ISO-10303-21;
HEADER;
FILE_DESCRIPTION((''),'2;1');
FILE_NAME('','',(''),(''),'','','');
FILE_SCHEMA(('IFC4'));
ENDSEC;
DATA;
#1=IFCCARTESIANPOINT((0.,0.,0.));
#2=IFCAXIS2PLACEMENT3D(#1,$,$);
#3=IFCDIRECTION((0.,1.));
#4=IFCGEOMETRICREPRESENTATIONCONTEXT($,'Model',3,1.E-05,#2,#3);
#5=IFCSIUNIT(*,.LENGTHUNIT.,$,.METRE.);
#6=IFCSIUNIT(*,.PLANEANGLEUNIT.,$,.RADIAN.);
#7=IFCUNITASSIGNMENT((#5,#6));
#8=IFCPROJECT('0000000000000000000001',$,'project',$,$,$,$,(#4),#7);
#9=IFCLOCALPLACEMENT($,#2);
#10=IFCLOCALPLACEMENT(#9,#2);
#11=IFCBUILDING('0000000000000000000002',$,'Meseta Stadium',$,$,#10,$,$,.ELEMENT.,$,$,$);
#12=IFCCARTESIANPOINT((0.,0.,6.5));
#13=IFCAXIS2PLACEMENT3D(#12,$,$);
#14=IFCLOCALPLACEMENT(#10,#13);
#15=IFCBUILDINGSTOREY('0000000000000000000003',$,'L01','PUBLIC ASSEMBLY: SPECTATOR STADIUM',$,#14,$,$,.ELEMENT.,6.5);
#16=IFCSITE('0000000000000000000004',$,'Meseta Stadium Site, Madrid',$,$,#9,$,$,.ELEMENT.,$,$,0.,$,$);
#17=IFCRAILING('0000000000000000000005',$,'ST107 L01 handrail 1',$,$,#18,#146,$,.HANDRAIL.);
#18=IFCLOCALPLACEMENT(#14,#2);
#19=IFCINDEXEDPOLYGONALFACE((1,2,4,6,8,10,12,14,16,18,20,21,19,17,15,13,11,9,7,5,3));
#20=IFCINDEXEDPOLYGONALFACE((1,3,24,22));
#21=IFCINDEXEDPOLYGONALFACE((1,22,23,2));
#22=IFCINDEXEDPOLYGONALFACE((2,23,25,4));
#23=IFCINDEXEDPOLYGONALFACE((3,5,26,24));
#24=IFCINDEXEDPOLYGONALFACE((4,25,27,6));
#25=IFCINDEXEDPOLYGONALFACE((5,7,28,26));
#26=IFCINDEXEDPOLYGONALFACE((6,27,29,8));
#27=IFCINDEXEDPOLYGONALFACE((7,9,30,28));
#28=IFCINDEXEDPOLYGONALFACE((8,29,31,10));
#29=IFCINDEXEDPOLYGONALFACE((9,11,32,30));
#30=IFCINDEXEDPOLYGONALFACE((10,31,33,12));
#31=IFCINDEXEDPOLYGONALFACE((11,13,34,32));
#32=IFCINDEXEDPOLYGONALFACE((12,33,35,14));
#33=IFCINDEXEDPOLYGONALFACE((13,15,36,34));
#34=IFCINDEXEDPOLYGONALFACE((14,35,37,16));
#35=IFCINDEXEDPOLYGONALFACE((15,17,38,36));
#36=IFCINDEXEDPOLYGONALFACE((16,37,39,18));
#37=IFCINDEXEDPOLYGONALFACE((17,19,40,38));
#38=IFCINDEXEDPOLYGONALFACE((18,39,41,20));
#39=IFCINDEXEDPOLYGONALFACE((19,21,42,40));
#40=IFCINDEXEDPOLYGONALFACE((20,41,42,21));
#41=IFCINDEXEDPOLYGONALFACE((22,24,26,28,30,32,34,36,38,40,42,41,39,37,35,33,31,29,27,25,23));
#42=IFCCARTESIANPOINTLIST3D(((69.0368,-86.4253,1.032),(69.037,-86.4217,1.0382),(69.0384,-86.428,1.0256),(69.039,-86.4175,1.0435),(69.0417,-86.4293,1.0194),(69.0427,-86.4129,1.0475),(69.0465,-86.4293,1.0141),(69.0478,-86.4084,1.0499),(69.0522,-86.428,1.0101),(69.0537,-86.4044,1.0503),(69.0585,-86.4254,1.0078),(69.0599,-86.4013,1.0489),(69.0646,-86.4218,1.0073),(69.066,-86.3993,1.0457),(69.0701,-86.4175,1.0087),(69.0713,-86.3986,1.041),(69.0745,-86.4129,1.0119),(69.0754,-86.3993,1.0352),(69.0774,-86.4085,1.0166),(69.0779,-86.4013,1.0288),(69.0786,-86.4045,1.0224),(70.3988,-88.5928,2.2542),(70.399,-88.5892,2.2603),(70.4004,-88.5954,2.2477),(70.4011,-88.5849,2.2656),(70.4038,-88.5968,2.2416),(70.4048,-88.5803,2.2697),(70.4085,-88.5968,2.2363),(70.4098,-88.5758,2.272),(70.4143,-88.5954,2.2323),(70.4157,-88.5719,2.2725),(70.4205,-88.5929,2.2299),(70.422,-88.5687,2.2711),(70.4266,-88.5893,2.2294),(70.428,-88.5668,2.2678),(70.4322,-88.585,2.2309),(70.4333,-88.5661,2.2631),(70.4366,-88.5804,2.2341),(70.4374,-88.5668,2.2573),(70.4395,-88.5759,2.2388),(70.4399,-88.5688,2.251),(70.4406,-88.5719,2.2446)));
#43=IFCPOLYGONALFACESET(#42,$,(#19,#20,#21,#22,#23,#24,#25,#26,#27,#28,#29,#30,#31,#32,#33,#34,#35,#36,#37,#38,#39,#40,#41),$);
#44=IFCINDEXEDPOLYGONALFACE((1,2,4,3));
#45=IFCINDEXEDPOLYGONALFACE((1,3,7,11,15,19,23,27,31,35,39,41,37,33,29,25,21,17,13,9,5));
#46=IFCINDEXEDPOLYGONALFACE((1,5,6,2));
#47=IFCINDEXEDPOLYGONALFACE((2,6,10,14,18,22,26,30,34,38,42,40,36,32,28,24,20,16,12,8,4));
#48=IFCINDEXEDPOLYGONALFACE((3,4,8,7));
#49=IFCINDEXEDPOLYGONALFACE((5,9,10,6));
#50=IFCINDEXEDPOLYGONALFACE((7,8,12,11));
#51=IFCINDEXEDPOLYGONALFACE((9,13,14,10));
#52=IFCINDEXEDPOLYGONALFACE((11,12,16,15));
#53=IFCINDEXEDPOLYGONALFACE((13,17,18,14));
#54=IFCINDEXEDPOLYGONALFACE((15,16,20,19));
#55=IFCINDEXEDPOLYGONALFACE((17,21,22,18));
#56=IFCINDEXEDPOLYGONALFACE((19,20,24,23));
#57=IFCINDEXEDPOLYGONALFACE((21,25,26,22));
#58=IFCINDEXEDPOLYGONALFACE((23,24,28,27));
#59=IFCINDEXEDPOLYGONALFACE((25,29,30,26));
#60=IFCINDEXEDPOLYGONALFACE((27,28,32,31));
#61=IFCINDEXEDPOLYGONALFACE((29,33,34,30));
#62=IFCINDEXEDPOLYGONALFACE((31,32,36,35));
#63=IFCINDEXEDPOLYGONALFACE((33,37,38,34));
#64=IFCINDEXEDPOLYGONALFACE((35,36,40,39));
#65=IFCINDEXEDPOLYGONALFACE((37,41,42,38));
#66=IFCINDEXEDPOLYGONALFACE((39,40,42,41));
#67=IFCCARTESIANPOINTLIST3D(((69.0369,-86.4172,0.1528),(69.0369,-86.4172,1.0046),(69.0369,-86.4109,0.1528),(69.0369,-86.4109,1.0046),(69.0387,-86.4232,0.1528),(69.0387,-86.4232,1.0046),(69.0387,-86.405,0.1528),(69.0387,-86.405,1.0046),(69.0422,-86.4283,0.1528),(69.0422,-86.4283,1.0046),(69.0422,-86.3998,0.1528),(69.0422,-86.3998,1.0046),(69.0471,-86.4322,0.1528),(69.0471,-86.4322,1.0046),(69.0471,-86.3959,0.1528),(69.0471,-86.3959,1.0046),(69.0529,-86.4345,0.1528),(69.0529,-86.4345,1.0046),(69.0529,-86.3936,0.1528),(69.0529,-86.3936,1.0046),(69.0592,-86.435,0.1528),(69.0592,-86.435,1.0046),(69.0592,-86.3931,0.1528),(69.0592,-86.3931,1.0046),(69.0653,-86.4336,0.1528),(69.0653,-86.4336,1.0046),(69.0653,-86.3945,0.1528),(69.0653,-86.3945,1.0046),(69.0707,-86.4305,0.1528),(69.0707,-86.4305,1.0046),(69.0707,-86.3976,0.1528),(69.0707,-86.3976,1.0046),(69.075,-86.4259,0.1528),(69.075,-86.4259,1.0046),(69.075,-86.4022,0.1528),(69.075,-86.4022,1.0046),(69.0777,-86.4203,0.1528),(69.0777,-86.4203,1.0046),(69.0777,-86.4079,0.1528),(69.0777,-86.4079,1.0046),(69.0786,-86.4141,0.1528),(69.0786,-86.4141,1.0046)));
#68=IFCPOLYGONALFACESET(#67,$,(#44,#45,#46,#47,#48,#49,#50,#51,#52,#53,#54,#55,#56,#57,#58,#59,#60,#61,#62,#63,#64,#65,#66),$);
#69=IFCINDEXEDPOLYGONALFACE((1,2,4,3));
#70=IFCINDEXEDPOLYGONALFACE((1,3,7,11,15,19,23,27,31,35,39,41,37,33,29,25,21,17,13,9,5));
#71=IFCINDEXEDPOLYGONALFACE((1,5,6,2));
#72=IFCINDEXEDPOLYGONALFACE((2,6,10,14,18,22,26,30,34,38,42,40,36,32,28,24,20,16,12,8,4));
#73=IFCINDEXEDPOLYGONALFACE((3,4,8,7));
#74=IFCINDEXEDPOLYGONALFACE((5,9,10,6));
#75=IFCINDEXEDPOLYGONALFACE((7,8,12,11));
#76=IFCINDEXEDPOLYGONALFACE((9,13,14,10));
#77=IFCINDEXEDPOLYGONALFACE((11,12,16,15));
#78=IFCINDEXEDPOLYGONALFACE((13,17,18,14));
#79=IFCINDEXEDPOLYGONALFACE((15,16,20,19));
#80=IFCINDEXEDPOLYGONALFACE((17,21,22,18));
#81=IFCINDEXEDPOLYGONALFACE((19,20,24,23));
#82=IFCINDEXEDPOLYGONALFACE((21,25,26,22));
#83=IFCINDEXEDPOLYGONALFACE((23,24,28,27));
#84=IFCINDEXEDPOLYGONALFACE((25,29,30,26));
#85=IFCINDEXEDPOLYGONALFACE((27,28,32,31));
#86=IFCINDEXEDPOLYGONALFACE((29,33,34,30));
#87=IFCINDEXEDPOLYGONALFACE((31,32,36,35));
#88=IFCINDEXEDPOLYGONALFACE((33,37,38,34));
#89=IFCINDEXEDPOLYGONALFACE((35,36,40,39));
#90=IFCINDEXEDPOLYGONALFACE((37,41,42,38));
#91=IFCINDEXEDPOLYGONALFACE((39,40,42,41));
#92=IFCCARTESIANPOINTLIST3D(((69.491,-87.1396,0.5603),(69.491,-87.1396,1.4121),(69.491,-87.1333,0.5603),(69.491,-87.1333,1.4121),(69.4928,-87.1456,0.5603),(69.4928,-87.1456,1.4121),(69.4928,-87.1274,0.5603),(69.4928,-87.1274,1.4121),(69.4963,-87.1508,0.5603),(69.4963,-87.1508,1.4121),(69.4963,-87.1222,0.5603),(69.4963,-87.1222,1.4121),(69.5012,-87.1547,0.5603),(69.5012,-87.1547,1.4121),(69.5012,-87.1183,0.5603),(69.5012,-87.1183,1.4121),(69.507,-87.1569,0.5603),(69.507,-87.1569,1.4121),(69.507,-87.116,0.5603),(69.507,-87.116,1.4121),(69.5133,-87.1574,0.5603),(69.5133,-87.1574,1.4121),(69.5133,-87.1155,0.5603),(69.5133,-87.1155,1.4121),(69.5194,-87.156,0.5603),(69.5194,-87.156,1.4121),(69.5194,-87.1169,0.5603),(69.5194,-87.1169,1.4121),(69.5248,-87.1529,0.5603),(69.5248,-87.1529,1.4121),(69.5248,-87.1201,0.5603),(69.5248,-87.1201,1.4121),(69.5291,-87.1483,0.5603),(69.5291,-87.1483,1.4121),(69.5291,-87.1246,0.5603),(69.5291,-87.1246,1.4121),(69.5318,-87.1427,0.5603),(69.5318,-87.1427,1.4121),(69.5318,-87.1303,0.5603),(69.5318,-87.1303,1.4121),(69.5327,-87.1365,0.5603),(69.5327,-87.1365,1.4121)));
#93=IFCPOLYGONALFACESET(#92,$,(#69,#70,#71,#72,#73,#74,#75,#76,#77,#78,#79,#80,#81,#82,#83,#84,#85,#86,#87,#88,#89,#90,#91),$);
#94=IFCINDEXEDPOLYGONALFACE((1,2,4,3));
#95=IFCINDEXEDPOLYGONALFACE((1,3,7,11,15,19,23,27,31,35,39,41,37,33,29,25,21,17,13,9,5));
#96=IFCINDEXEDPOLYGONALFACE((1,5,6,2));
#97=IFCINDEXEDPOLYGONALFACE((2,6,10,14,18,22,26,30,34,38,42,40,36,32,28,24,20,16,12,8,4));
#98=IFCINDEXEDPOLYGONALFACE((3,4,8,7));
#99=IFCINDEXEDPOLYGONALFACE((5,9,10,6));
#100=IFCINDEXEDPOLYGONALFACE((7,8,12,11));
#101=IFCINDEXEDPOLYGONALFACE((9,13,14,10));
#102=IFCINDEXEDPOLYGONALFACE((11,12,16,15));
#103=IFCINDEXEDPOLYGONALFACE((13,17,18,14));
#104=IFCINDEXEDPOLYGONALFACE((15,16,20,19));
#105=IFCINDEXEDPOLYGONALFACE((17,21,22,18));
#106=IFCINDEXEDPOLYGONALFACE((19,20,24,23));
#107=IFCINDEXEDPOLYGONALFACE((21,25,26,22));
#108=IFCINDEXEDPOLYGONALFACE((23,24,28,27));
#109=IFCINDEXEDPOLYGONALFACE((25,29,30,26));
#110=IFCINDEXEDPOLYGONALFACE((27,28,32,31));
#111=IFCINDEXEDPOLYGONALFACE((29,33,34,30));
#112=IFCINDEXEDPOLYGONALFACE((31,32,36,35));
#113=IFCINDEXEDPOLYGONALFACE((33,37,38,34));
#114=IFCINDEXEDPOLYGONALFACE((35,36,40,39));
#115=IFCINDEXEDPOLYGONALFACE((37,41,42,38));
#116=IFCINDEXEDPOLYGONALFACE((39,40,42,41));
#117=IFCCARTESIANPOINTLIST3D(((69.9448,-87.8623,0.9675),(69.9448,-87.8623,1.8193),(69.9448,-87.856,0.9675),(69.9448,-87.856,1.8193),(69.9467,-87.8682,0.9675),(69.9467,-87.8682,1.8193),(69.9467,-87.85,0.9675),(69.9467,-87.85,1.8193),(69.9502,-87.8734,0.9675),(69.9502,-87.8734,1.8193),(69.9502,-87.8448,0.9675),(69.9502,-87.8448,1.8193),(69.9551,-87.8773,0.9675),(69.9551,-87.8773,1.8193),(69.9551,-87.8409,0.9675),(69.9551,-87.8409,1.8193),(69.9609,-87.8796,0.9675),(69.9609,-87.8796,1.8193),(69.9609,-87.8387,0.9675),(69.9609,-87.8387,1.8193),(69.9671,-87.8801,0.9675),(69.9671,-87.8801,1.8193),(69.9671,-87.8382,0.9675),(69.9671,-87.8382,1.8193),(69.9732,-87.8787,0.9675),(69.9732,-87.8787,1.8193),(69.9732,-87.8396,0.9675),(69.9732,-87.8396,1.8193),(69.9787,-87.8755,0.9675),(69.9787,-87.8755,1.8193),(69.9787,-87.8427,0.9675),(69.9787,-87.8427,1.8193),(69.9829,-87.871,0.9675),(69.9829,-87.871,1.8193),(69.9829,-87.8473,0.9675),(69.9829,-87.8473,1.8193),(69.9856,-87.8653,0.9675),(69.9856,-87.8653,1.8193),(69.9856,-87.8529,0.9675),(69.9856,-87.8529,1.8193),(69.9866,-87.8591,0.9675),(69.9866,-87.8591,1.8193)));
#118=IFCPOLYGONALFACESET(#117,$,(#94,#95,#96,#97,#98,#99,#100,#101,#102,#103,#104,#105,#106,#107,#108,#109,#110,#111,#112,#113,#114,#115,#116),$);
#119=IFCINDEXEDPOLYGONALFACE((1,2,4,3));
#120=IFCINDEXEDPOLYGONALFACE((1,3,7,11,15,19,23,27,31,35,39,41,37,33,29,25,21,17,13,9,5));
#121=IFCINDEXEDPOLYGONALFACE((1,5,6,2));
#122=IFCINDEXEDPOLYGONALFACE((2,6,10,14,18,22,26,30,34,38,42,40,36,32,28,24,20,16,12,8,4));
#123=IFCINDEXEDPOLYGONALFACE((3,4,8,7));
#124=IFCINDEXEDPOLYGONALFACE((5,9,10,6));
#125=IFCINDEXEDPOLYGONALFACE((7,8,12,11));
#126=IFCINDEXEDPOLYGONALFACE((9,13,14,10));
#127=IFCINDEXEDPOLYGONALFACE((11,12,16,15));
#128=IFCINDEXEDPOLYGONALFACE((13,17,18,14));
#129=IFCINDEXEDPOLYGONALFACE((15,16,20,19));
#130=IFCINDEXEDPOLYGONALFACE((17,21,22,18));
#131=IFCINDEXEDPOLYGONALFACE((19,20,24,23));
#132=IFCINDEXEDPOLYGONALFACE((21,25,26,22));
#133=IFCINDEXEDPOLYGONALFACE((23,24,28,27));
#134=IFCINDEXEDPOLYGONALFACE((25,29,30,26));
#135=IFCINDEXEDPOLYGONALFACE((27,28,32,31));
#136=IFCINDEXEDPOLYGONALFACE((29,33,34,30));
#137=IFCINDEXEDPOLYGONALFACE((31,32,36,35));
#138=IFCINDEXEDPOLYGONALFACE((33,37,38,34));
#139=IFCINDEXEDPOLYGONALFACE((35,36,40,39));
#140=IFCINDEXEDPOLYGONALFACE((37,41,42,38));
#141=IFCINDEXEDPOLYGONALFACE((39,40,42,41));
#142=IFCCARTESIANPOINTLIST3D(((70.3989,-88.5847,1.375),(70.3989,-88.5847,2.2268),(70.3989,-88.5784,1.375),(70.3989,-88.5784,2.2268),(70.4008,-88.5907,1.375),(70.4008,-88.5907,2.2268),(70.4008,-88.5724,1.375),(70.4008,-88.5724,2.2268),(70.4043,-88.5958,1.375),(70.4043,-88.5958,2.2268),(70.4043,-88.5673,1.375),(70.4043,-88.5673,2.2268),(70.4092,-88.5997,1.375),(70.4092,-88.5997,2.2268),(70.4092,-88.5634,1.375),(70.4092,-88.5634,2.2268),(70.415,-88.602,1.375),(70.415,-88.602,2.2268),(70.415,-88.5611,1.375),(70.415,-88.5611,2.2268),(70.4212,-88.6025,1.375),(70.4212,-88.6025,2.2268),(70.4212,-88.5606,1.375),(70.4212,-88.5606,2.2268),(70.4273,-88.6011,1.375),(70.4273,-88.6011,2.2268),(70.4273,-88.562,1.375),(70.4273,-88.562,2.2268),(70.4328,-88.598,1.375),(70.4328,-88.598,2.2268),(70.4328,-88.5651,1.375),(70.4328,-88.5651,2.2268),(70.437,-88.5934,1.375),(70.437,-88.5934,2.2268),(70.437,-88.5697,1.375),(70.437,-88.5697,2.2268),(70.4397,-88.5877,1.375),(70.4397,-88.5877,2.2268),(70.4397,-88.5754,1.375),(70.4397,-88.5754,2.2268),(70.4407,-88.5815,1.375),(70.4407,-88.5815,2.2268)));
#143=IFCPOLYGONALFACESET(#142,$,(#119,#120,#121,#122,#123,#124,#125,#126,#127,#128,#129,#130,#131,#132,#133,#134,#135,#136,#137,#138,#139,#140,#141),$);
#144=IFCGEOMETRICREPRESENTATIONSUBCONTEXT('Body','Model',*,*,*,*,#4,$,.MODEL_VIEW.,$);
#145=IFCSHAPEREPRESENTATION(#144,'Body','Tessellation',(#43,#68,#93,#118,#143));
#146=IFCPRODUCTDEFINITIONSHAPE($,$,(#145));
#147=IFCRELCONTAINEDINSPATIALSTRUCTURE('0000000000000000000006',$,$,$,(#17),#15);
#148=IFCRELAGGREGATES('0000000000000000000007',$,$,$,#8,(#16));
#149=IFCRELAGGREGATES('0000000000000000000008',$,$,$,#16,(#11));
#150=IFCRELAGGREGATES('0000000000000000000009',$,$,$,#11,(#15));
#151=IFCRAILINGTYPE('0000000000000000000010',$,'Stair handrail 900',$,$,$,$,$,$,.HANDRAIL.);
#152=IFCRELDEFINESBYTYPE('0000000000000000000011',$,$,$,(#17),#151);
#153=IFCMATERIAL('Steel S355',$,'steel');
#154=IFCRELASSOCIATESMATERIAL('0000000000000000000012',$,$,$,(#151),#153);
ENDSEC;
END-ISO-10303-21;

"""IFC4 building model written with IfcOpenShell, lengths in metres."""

from ifc_helpers import new_model, si_unit, direction, frame, origin, origin_2d, place, context, subcontext, project, spatial, circle, extrude, material, type_object, element, save


model = new_model("IFC4")

# Units and contexts
model_context = context("Model", 3, precision=1e-05, world=origin(), true_north=direction((0.0, 1.0)))
body_context = subcontext(model_context, "Body", "Model", "MODEL_VIEW")
ifc_project = project(units=[si_unit("LENGTHUNIT", "METRE"), si_unit("PLANEANGLEUNIT", "RADIAN")], contexts=[model_context])

# Site, building, storey
site_placement = place(None, origin())
site = spatial("IfcSite", under=ifc_project, at=site_placement, Name="Meseta Stadium Site, Madrid", CompositionType="ELEMENT", RefElevation=0.0)
building_placement = place(site_placement, origin())
building = spatial("IfcBuilding", under=site, at=building_placement, Name="Meseta Stadium", CompositionType="ELEMENT")
storey_placement = place(building_placement, frame((0.0, 0.0, 6.5)))
storey = spatial("IfcBuildingStorey", under=building, at=storey_placement, Name="L01", Description="PUBLIC ASSEMBLY: SPECTATOR STADIUM", CompositionType="ELEMENT", Elevation=6.5)

# Railing
ifc_material_1 = material(Name="Steel S355", Category="steel")
railing_type_1 = type_object("IfcRailingType", Name="Stair handrail 900", PredefinedType="HANDRAIL", material=ifc_material_1)
railing_1_placement = place(storey_placement, frame((69.0576, -86.4141, 0.1528)))
element("IfcRailing", 1, at=railing_1_placement, inside=storey, type_object=railing_type_1, Name="ST107 L01 handrail 1", PredefinedType="HANDRAIL", context=body_context, shape_type="SweptSolid", body=[
    extrude(circle(Radius=0.0239, at=origin_2d()), frame((0.0, 0.0, 0.876), z_axis=(0.480156, -0.764085, 0.430841), x_axis=(0.846699, 0.532072, 0.0)), (0.0, 0.0, 1.0), 2.8367),
    extrude(circle(Radius=0.021, at=origin_2d()), origin(), (0.0, 0.0, 1.0), 0.8518),
    extrude(circle(Radius=0.021, at=origin_2d()), frame((0.4541, -0.7224, 0.4075)), (0.0, 0.0, 1.0), 0.8518),
    extrude(circle(Radius=0.021, at=origin_2d()), frame((0.908, -1.4451, 0.8147)), (0.0, 0.0, 1.0), 0.8518),
    extrude(circle(Radius=0.021, at=origin_2d()), frame((1.3621, -2.1675, 1.2222)), (0.0, 0.0, 1.0), 0.8518),
])

save(model, "model.ifc")
